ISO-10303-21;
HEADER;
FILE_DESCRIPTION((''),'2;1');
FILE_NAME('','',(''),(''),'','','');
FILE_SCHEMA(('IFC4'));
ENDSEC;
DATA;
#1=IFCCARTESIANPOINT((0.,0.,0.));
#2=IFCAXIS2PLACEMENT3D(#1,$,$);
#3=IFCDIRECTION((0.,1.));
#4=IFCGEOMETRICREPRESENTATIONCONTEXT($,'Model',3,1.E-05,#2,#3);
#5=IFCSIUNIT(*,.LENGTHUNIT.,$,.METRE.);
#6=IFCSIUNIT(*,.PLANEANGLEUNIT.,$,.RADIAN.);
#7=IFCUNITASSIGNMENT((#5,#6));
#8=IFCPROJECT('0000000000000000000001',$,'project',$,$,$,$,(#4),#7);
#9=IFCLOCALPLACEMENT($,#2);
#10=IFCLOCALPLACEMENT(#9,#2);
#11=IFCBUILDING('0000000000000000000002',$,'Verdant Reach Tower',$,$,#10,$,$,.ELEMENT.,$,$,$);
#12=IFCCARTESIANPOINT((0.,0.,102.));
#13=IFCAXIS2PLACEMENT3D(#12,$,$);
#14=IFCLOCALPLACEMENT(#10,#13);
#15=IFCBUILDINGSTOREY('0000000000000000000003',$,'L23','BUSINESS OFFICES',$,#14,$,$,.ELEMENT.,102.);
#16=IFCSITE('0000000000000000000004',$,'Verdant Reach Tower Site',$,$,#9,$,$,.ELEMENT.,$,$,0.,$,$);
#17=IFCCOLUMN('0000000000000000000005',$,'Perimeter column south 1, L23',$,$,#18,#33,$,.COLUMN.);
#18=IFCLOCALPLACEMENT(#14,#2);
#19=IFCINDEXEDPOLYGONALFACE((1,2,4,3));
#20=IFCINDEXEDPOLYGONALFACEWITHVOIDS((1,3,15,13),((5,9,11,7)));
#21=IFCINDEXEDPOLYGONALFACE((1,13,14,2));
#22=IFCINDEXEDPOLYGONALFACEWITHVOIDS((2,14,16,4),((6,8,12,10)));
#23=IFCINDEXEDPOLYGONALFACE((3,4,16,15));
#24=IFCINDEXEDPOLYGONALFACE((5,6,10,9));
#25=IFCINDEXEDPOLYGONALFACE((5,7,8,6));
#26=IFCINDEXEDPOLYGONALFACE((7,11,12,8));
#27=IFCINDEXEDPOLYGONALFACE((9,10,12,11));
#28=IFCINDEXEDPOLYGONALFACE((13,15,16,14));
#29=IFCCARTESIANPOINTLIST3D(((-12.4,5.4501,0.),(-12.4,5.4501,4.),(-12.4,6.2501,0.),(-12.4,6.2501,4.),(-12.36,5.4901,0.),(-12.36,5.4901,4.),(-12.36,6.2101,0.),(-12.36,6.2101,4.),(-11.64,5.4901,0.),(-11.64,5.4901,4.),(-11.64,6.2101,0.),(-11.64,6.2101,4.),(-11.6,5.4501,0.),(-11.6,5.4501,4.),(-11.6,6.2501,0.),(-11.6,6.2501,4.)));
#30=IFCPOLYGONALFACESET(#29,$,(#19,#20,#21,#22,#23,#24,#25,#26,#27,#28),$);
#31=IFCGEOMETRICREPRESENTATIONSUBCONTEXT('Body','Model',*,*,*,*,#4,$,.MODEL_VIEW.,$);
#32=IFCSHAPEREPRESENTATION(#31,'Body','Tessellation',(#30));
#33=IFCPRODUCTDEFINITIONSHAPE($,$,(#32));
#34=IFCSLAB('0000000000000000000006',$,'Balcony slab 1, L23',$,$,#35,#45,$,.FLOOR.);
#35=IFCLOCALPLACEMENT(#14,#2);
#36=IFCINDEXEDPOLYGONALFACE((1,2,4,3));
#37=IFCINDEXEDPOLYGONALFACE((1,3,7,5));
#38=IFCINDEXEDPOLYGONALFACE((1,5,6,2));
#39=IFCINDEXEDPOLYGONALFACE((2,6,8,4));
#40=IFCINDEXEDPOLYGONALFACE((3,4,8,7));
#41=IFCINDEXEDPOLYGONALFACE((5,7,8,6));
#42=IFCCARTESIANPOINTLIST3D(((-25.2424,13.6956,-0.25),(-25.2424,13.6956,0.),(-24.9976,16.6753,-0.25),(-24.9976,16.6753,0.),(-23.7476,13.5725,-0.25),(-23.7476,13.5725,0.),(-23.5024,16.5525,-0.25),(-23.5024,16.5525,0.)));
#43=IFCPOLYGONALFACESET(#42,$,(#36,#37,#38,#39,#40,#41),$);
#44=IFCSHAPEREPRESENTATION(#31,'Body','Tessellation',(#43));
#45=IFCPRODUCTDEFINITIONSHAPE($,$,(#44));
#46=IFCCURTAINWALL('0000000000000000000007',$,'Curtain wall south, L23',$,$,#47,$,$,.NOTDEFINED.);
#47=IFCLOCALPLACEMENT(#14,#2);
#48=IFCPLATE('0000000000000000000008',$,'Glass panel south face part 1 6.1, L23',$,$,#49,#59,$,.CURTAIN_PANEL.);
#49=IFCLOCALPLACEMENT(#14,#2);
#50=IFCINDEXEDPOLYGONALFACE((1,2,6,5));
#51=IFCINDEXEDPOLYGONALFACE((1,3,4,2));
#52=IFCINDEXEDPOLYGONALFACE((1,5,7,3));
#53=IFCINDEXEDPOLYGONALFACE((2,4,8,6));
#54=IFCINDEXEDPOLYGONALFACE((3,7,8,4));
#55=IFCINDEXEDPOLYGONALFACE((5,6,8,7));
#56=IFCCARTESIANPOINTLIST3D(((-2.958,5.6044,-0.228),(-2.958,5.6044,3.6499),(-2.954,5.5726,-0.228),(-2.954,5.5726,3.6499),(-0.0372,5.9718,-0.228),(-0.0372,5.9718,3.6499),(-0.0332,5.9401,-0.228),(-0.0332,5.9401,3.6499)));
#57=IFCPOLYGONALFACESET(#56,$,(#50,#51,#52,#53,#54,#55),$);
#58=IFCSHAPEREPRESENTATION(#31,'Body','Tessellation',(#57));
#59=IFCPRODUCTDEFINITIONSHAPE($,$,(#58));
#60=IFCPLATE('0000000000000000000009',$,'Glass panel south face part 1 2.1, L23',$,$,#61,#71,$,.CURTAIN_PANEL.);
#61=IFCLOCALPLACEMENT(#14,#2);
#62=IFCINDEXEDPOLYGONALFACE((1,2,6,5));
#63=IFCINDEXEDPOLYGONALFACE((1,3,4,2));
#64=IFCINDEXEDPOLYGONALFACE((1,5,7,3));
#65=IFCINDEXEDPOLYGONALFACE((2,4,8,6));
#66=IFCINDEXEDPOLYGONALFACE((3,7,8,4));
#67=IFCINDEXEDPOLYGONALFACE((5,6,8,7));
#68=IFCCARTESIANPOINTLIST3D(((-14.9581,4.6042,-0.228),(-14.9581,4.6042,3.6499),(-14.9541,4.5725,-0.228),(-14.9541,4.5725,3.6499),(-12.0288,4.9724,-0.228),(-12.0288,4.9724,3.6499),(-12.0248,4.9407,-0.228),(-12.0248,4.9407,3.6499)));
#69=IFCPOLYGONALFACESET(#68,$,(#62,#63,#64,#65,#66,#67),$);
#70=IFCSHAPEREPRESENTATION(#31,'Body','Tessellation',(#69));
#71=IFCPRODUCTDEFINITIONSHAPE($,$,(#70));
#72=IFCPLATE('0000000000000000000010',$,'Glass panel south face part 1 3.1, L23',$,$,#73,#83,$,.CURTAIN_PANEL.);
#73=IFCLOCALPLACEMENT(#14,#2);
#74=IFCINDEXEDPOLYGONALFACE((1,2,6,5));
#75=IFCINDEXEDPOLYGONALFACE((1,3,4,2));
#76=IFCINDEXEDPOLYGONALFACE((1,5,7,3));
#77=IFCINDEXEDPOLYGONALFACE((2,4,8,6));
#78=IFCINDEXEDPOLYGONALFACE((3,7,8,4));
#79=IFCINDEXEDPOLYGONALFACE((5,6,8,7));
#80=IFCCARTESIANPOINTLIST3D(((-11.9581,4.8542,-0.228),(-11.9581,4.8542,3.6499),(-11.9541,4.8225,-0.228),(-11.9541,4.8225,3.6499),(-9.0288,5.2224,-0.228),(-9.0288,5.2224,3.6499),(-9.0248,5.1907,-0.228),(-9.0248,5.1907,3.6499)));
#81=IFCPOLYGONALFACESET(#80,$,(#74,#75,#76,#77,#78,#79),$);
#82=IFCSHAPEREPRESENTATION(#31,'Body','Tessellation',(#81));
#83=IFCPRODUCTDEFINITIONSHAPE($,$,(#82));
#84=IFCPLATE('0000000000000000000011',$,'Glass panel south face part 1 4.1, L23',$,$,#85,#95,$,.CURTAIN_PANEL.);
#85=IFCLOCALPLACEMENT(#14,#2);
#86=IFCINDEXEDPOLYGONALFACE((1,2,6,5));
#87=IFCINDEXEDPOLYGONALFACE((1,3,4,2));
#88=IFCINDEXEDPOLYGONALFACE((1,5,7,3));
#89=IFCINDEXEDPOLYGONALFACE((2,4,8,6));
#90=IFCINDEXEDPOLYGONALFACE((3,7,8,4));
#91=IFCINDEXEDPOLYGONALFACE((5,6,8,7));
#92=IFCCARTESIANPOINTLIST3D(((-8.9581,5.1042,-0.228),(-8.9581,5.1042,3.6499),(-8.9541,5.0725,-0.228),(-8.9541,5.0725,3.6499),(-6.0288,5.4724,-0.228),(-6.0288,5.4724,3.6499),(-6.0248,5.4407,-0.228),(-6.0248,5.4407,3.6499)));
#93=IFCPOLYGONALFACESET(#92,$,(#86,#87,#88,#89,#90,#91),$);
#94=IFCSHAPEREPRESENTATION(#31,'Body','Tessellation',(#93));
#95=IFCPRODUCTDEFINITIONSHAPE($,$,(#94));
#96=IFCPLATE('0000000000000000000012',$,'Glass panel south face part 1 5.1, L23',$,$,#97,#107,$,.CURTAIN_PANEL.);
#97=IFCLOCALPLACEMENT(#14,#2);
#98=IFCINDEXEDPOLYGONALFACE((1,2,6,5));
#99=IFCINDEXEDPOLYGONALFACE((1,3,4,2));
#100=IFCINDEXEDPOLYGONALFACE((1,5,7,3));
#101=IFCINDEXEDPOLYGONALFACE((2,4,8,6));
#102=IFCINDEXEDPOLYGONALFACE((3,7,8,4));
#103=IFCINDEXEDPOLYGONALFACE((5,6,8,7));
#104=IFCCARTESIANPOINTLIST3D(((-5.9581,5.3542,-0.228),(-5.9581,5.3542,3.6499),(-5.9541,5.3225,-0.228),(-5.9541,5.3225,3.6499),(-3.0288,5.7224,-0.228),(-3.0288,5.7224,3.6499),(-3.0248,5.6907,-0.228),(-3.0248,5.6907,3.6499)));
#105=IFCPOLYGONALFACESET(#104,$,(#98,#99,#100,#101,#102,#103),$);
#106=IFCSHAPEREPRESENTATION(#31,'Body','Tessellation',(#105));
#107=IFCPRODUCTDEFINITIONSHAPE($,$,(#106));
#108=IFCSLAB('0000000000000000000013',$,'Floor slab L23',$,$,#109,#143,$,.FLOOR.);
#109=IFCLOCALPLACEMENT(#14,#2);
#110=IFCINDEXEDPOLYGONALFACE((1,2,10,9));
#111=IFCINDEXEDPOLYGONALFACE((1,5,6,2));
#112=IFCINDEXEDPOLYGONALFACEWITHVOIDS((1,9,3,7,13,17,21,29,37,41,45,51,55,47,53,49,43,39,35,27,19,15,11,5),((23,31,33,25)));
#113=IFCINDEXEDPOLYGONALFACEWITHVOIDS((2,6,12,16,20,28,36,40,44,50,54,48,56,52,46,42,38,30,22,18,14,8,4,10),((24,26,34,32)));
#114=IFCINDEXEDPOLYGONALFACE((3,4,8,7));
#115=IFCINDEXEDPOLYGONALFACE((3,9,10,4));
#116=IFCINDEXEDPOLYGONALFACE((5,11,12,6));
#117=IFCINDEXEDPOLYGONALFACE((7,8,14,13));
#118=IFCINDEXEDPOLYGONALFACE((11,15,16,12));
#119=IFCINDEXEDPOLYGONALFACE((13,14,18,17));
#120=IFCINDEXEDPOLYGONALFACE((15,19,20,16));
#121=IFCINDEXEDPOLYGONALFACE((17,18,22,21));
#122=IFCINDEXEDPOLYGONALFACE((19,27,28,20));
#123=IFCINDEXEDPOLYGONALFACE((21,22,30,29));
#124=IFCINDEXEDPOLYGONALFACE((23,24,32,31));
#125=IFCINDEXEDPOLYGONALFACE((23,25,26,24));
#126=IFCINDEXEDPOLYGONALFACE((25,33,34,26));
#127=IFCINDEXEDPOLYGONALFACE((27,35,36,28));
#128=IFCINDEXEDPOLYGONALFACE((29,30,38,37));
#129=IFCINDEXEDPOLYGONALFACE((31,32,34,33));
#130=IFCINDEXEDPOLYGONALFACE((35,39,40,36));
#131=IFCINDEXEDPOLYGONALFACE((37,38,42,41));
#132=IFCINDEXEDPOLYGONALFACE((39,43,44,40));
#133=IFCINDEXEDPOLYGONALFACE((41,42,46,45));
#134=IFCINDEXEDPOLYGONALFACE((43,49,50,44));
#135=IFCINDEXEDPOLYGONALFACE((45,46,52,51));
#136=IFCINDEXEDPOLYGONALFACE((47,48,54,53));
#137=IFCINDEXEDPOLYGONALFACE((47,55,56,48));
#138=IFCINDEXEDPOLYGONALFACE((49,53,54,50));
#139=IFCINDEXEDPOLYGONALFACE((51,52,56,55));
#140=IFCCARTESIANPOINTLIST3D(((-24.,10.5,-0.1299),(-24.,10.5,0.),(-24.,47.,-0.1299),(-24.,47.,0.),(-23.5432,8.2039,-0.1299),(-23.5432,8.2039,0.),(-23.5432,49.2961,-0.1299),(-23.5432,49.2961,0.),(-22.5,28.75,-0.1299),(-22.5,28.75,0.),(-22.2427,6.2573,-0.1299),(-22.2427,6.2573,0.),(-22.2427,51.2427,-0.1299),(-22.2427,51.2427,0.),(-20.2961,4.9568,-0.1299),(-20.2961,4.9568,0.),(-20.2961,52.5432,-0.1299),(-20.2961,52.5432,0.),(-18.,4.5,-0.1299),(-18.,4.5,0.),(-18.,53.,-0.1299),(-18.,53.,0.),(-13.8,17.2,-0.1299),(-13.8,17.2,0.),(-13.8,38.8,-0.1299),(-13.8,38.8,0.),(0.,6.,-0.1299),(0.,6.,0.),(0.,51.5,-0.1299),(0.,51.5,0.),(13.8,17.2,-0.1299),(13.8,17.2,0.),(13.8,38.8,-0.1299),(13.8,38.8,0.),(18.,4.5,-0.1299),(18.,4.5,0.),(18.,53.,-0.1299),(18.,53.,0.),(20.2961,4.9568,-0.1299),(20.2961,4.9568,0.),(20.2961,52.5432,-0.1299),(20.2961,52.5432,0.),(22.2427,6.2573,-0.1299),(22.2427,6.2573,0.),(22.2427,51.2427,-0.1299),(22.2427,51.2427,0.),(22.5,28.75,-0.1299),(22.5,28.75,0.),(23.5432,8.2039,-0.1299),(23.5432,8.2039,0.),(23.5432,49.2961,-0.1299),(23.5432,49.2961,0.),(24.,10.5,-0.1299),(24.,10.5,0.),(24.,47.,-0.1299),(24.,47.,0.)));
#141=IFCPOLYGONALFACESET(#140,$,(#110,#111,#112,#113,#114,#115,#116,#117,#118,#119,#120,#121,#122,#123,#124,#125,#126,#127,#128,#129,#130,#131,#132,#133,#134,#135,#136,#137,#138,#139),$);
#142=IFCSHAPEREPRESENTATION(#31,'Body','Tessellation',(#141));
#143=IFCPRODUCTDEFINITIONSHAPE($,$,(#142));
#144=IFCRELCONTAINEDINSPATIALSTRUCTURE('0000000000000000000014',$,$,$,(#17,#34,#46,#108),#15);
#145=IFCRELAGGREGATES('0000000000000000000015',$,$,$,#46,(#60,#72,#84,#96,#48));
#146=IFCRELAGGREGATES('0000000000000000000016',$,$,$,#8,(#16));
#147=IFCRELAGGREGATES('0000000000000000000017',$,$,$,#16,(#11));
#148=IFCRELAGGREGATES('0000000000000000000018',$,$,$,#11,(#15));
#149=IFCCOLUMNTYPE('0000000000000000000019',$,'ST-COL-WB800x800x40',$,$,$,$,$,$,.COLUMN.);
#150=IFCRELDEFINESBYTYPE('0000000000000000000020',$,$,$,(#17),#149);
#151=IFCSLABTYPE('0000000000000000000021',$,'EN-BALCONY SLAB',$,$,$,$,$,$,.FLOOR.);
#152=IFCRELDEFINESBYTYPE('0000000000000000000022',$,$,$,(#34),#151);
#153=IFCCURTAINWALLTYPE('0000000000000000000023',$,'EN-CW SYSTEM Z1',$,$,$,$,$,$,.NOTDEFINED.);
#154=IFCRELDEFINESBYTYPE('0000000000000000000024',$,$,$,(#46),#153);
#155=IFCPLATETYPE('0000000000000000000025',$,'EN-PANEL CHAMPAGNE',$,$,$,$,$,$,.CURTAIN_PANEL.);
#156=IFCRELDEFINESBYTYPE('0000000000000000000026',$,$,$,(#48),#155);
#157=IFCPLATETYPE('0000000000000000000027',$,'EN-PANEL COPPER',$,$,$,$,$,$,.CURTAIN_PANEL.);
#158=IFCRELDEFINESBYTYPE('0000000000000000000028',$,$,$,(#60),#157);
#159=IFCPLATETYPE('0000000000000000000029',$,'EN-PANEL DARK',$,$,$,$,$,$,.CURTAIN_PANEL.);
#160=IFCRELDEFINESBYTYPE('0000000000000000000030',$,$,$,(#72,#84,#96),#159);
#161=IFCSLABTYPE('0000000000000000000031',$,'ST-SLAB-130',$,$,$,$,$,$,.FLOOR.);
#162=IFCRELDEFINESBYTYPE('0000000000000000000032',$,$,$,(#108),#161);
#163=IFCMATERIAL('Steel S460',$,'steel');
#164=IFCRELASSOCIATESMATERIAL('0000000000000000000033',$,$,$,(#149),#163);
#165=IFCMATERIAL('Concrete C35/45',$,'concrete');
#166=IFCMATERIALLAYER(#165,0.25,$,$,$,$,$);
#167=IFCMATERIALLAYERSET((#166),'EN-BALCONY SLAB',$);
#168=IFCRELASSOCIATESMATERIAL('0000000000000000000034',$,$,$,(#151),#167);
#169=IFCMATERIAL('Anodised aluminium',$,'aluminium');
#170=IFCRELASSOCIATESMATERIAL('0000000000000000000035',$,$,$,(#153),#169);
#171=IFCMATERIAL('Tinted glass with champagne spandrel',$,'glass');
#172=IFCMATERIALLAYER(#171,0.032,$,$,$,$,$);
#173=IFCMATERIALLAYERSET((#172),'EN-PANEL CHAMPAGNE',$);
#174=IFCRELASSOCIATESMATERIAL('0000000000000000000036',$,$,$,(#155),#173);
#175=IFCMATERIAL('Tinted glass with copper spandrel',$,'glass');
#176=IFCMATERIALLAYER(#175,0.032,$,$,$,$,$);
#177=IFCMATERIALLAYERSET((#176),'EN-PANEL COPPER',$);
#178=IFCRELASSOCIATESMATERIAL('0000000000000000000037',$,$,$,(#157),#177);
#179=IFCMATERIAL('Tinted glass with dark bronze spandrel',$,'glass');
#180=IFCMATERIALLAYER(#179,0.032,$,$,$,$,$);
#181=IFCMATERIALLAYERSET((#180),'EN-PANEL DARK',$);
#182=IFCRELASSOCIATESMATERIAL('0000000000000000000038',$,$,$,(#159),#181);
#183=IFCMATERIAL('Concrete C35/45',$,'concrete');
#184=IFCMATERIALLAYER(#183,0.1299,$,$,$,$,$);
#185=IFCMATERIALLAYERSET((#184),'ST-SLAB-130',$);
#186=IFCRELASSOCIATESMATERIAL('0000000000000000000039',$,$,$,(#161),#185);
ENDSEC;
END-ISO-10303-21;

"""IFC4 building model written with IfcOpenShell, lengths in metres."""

from ifc_helpers import new_model, si_unit, direction, frame, origin, origin_2d, place, context, subcontext, project, spatial, polyline, rectangle, hollow_rectangle, outline, extrude, material, layer, layer_set, material_profile, profile_set, type_object, element, aggregate, save


model = new_model("IFC4")

# Units and contexts
model_context = context("Model", 3, precision=1e-05, world=origin(), true_north=direction((0.0, 1.0)))
body_context = subcontext(model_context, "Body", "Model", "MODEL_VIEW")
ifc_project = project(units=[si_unit("LENGTHUNIT", "METRE"), si_unit("PLANEANGLEUNIT", "RADIAN")], contexts=[model_context])

# Site, building, storey
site_placement = place(None, origin())
site = spatial("IfcSite", under=ifc_project, at=site_placement, Name="Verdant Reach Tower Site", CompositionType="ELEMENT", RefElevation=0.0)
building_placement = place(site_placement, origin())
building = spatial("IfcBuilding", under=site, at=building_placement, Name="Verdant Reach Tower", CompositionType="ELEMENT")
storey_placement = place(building_placement, frame((0.0, 0.0, 102.0)))
storey = spatial("IfcBuildingStorey", under=building, at=storey_placement, Name="L23", Description="BUSINESS OFFICES", CompositionType="ELEMENT", Elevation=102.0)

# Column
ifc_material_1 = material(Name="Steel S460", Category="steel")
ifc_material_profile = material_profile(ifc_material_1, hollow_rectangle(XDim=0.8, YDim=0.8, WallThickness=0.04, at=origin_2d()), Name="WB 800x800x40")
ifc_profile_set = profile_set([ifc_material_profile], Name="Steel S460")
column_type = type_object("IfcColumnType", Name="ST-COL-WB800x800x40", PredefinedType="COLUMN", material=ifc_profile_set)
column_placement = place(storey_placement, frame((-12.0, 5.8501, 0.0), z_axis=(0.0, 0.0, 1.0), x_axis=(1.0, 0.0, 0.0)))
element("IfcColumn", 1, at=column_placement, inside=storey, type_object=column_type, Name="Perimeter column south 1, L23", PredefinedType="COLUMN", context=body_context, shape_type="SweptSolid", body=[
    extrude(hollow_rectangle(XDim=0.8, YDim=0.8, WallThickness=0.04, at=origin_2d()), origin(), (0.0, 0.0, 1.0), 4.0),
])

# Slab
ifc_material_2 = material(Name="Concrete C35/45", Category="concrete")
ifc_layer_1 = layer(ifc_material_2, 0.25)
ifc_layer_set_1 = layer_set([ifc_layer_1], Name="EN-BALCONY SLAB")
slab_type_1 = type_object("IfcSlabType", Name="EN-BALCONY SLAB", PredefinedType="FLOOR", material=ifc_layer_set_1)
slab_1_placement = place(storey_placement, frame((0.0, 0.0, -0.25)))
element("IfcSlab", 2, at=slab_1_placement, inside=storey, type_object=slab_type_1, Name="Balcony slab 1, L23", PredefinedType="FLOOR", context=body_context, shape_type="SweptSolid", body=[
    extrude(outline(polyline([(-23.5024, 16.5525), (-23.7476, 13.5725), (-25.2424, 13.6956), (-24.9976, 16.6753), (-23.5024, 16.5525)])), origin(), (0.0, 0.0, 1.0), 0.25),
])

# Curtain wall, plates
ifc_material_3 = material(Name="Anodised aluminium", Category="aluminium")
curtain_wall_type = type_object("IfcCurtainWallType", Name="EN-CW SYSTEM Z1", PredefinedType="NOTDEFINED", material=ifc_material_3)
curtain_wall_placement = place(storey_placement, origin())
curtain_wall = element("IfcCurtainWall", 3, at=curtain_wall_placement, inside=storey, type_object=curtain_wall_type, Name="Curtain wall south, L23", PredefinedType="NOTDEFINED")
ifc_material_4 = material(Name="Tinted glass with champagne spandrel", Category="glass")
ifc_layer_2 = layer(ifc_material_4, 0.032)
ifc_layer_set_2 = layer_set([ifc_layer_2], Name="EN-PANEL CHAMPAGNE")
plate_type_1 = type_object("IfcPlateType", Name="EN-PANEL CHAMPAGNE", PredefinedType="CURTAIN_PANEL", material=ifc_layer_set_2)
plate_1_placement = place(storey_placement, frame((-1.4956, 5.7722, -0.228), z_axis=(0.0, 0.0, 1.0), x_axis=(0.992179, 0.124821, 0.0)))
plate_1 = element("IfcPlate", 4, at=plate_1_placement, type_object=plate_type_1, Name="Glass panel south face part 1 6.1, L23", PredefinedType="CURTAIN_PANEL", context=body_context, shape_type="SweptSolid", body=[
    extrude(rectangle(XDim=2.9438, YDim=0.032, at=origin_2d()), origin(), (0.0, 0.0, 1.0), 3.8779),
])
ifc_material_5 = material(Name="Tinted glass with copper spandrel", Category="glass")
ifc_layer_3 = layer(ifc_material_5, 0.032)
ifc_layer_set_3 = layer_set([ifc_layer_3], Name="EN-PANEL COPPER")
plate_type_2 = type_object("IfcPlateType", Name="EN-PANEL COPPER", PredefinedType="CURTAIN_PANEL", material=ifc_layer_set_3)
plate_2_placement = place(storey_placement, frame((-13.4915, 4.7725, -0.228), z_axis=(0.0, 0.0, 1.0), x_axis=(0.992194, 0.124704, 0.0)))
plate_2 = element("IfcPlate", 5, at=plate_2_placement, type_object=plate_type_2, Name="Glass panel south face part 1 2.1, L23", PredefinedType="CURTAIN_PANEL", context=body_context, shape_type="SweptSolid", body=[
    extrude(rectangle(XDim=2.9524, YDim=0.032, at=origin_2d()), origin(), (0.0, 0.0, 1.0), 3.8779),
])
ifc_material_6 = material(Name="Tinted glass with dark bronze spandrel", Category="glass")
ifc_layer_4 = layer(ifc_material_6, 0.032)
ifc_layer_set_4 = layer_set([ifc_layer_4], Name="EN-PANEL DARK")
plate_type_3 = type_object("IfcPlateType", Name="EN-PANEL DARK", PredefinedType="CURTAIN_PANEL", material=ifc_layer_set_4)
plate_3_placement = place(storey_placement, frame((-10.4915, 5.0225, -0.228), z_axis=(0.0, 0.0, 1.0), x_axis=(0.992194, 0.124704, 0.0)))
plate_3 = element("IfcPlate", 6, at=plate_3_placement, type_object=plate_type_3, Name="Glass panel south face part 1 3.1, L23", PredefinedType="CURTAIN_PANEL", context=body_context, shape_type="SweptSolid", body=[
    extrude(rectangle(XDim=2.9524, YDim=0.032, at=origin_2d()), origin(), (0.0, 0.0, 1.0), 3.8779),
])
plate_4_placement = place(storey_placement, frame((-7.4915, 5.2725, -0.228), z_axis=(0.0, 0.0, 1.0), x_axis=(0.992194, 0.124704, 0.0)))
plate_4 = element("IfcPlate", 7, at=plate_4_placement, type_object=plate_type_3, Name="Glass panel south face part 1 4.1, L23", PredefinedType="CURTAIN_PANEL", context=body_context, shape_type="SweptSolid", body=[
    extrude(rectangle(XDim=2.9524, YDim=0.032, at=origin_2d()), origin(), (0.0, 0.0, 1.0), 3.8779),
])
plate_5_placement = place(storey_placement, frame((-4.4915, 5.5225, -0.228), z_axis=(0.0, 0.0, 1.0), x_axis=(0.992194, 0.124704, 0.0)))
plate_5 = element("IfcPlate", 8, at=plate_5_placement, type_object=plate_type_3, Name="Glass panel south face part 1 5.1, L23", PredefinedType="CURTAIN_PANEL", context=body_context, shape_type="SweptSolid", body=[
    extrude(rectangle(XDim=2.9524, YDim=0.032, at=origin_2d()), origin(), (0.0, 0.0, 1.0), 3.8779),
])
aggregate(curtain_wall, [plate_2, plate_3, plate_4, plate_5, plate_1])

# Slab
ifc_material_7 = material(Name="Concrete C35/45", Category="concrete")
ifc_layer_5 = layer(ifc_material_7, 0.1299)
ifc_layer_set_5 = layer_set([ifc_layer_5], Name="ST-SLAB-130")
slab_type_2 = type_object("IfcSlabType", Name="ST-SLAB-130", PredefinedType="FLOOR", material=ifc_layer_set_5)
slab_2_placement = place(storey_placement, frame((0.0, 0.0, -0.1299)))
element("IfcSlab", 9, at=slab_2_placement, inside=storey, type_object=slab_type_2, Name="Floor slab L23", PredefinedType="FLOOR", context=body_context, shape_type="SweptSolid", body=[
    extrude(outline(polyline([(0.0, 6.0), (-18.0, 4.5), (-20.2961, 4.9568), (-22.2427, 6.2573), (-23.5432, 8.2039), (-24.0, 10.5), (-22.5, 28.75), (-24.0, 47.0), (-23.5432, 49.2961), (-22.2427, 51.2427), (-20.2961, 52.5432), (-18.0, 53.0), (0.0, 51.5), (18.0, 53.0), (20.2961, 52.5432), (22.2427, 51.2427), (23.5432, 49.2961), (24.0, 47.0), (22.5, 28.75), (24.0, 10.5), (23.5432, 8.2039), (22.2427, 6.2573), (20.2961, 4.9568), (18.0, 4.5), (0.0, 6.0)]), holes=[polyline([(13.8, 38.8), (-13.8, 38.8), (-13.8, 17.2), (13.8, 17.2), (13.8, 38.8)])]), origin(), (0.0, 0.0, 1.0), 0.1299),
])

save(model, "model.ifc")
